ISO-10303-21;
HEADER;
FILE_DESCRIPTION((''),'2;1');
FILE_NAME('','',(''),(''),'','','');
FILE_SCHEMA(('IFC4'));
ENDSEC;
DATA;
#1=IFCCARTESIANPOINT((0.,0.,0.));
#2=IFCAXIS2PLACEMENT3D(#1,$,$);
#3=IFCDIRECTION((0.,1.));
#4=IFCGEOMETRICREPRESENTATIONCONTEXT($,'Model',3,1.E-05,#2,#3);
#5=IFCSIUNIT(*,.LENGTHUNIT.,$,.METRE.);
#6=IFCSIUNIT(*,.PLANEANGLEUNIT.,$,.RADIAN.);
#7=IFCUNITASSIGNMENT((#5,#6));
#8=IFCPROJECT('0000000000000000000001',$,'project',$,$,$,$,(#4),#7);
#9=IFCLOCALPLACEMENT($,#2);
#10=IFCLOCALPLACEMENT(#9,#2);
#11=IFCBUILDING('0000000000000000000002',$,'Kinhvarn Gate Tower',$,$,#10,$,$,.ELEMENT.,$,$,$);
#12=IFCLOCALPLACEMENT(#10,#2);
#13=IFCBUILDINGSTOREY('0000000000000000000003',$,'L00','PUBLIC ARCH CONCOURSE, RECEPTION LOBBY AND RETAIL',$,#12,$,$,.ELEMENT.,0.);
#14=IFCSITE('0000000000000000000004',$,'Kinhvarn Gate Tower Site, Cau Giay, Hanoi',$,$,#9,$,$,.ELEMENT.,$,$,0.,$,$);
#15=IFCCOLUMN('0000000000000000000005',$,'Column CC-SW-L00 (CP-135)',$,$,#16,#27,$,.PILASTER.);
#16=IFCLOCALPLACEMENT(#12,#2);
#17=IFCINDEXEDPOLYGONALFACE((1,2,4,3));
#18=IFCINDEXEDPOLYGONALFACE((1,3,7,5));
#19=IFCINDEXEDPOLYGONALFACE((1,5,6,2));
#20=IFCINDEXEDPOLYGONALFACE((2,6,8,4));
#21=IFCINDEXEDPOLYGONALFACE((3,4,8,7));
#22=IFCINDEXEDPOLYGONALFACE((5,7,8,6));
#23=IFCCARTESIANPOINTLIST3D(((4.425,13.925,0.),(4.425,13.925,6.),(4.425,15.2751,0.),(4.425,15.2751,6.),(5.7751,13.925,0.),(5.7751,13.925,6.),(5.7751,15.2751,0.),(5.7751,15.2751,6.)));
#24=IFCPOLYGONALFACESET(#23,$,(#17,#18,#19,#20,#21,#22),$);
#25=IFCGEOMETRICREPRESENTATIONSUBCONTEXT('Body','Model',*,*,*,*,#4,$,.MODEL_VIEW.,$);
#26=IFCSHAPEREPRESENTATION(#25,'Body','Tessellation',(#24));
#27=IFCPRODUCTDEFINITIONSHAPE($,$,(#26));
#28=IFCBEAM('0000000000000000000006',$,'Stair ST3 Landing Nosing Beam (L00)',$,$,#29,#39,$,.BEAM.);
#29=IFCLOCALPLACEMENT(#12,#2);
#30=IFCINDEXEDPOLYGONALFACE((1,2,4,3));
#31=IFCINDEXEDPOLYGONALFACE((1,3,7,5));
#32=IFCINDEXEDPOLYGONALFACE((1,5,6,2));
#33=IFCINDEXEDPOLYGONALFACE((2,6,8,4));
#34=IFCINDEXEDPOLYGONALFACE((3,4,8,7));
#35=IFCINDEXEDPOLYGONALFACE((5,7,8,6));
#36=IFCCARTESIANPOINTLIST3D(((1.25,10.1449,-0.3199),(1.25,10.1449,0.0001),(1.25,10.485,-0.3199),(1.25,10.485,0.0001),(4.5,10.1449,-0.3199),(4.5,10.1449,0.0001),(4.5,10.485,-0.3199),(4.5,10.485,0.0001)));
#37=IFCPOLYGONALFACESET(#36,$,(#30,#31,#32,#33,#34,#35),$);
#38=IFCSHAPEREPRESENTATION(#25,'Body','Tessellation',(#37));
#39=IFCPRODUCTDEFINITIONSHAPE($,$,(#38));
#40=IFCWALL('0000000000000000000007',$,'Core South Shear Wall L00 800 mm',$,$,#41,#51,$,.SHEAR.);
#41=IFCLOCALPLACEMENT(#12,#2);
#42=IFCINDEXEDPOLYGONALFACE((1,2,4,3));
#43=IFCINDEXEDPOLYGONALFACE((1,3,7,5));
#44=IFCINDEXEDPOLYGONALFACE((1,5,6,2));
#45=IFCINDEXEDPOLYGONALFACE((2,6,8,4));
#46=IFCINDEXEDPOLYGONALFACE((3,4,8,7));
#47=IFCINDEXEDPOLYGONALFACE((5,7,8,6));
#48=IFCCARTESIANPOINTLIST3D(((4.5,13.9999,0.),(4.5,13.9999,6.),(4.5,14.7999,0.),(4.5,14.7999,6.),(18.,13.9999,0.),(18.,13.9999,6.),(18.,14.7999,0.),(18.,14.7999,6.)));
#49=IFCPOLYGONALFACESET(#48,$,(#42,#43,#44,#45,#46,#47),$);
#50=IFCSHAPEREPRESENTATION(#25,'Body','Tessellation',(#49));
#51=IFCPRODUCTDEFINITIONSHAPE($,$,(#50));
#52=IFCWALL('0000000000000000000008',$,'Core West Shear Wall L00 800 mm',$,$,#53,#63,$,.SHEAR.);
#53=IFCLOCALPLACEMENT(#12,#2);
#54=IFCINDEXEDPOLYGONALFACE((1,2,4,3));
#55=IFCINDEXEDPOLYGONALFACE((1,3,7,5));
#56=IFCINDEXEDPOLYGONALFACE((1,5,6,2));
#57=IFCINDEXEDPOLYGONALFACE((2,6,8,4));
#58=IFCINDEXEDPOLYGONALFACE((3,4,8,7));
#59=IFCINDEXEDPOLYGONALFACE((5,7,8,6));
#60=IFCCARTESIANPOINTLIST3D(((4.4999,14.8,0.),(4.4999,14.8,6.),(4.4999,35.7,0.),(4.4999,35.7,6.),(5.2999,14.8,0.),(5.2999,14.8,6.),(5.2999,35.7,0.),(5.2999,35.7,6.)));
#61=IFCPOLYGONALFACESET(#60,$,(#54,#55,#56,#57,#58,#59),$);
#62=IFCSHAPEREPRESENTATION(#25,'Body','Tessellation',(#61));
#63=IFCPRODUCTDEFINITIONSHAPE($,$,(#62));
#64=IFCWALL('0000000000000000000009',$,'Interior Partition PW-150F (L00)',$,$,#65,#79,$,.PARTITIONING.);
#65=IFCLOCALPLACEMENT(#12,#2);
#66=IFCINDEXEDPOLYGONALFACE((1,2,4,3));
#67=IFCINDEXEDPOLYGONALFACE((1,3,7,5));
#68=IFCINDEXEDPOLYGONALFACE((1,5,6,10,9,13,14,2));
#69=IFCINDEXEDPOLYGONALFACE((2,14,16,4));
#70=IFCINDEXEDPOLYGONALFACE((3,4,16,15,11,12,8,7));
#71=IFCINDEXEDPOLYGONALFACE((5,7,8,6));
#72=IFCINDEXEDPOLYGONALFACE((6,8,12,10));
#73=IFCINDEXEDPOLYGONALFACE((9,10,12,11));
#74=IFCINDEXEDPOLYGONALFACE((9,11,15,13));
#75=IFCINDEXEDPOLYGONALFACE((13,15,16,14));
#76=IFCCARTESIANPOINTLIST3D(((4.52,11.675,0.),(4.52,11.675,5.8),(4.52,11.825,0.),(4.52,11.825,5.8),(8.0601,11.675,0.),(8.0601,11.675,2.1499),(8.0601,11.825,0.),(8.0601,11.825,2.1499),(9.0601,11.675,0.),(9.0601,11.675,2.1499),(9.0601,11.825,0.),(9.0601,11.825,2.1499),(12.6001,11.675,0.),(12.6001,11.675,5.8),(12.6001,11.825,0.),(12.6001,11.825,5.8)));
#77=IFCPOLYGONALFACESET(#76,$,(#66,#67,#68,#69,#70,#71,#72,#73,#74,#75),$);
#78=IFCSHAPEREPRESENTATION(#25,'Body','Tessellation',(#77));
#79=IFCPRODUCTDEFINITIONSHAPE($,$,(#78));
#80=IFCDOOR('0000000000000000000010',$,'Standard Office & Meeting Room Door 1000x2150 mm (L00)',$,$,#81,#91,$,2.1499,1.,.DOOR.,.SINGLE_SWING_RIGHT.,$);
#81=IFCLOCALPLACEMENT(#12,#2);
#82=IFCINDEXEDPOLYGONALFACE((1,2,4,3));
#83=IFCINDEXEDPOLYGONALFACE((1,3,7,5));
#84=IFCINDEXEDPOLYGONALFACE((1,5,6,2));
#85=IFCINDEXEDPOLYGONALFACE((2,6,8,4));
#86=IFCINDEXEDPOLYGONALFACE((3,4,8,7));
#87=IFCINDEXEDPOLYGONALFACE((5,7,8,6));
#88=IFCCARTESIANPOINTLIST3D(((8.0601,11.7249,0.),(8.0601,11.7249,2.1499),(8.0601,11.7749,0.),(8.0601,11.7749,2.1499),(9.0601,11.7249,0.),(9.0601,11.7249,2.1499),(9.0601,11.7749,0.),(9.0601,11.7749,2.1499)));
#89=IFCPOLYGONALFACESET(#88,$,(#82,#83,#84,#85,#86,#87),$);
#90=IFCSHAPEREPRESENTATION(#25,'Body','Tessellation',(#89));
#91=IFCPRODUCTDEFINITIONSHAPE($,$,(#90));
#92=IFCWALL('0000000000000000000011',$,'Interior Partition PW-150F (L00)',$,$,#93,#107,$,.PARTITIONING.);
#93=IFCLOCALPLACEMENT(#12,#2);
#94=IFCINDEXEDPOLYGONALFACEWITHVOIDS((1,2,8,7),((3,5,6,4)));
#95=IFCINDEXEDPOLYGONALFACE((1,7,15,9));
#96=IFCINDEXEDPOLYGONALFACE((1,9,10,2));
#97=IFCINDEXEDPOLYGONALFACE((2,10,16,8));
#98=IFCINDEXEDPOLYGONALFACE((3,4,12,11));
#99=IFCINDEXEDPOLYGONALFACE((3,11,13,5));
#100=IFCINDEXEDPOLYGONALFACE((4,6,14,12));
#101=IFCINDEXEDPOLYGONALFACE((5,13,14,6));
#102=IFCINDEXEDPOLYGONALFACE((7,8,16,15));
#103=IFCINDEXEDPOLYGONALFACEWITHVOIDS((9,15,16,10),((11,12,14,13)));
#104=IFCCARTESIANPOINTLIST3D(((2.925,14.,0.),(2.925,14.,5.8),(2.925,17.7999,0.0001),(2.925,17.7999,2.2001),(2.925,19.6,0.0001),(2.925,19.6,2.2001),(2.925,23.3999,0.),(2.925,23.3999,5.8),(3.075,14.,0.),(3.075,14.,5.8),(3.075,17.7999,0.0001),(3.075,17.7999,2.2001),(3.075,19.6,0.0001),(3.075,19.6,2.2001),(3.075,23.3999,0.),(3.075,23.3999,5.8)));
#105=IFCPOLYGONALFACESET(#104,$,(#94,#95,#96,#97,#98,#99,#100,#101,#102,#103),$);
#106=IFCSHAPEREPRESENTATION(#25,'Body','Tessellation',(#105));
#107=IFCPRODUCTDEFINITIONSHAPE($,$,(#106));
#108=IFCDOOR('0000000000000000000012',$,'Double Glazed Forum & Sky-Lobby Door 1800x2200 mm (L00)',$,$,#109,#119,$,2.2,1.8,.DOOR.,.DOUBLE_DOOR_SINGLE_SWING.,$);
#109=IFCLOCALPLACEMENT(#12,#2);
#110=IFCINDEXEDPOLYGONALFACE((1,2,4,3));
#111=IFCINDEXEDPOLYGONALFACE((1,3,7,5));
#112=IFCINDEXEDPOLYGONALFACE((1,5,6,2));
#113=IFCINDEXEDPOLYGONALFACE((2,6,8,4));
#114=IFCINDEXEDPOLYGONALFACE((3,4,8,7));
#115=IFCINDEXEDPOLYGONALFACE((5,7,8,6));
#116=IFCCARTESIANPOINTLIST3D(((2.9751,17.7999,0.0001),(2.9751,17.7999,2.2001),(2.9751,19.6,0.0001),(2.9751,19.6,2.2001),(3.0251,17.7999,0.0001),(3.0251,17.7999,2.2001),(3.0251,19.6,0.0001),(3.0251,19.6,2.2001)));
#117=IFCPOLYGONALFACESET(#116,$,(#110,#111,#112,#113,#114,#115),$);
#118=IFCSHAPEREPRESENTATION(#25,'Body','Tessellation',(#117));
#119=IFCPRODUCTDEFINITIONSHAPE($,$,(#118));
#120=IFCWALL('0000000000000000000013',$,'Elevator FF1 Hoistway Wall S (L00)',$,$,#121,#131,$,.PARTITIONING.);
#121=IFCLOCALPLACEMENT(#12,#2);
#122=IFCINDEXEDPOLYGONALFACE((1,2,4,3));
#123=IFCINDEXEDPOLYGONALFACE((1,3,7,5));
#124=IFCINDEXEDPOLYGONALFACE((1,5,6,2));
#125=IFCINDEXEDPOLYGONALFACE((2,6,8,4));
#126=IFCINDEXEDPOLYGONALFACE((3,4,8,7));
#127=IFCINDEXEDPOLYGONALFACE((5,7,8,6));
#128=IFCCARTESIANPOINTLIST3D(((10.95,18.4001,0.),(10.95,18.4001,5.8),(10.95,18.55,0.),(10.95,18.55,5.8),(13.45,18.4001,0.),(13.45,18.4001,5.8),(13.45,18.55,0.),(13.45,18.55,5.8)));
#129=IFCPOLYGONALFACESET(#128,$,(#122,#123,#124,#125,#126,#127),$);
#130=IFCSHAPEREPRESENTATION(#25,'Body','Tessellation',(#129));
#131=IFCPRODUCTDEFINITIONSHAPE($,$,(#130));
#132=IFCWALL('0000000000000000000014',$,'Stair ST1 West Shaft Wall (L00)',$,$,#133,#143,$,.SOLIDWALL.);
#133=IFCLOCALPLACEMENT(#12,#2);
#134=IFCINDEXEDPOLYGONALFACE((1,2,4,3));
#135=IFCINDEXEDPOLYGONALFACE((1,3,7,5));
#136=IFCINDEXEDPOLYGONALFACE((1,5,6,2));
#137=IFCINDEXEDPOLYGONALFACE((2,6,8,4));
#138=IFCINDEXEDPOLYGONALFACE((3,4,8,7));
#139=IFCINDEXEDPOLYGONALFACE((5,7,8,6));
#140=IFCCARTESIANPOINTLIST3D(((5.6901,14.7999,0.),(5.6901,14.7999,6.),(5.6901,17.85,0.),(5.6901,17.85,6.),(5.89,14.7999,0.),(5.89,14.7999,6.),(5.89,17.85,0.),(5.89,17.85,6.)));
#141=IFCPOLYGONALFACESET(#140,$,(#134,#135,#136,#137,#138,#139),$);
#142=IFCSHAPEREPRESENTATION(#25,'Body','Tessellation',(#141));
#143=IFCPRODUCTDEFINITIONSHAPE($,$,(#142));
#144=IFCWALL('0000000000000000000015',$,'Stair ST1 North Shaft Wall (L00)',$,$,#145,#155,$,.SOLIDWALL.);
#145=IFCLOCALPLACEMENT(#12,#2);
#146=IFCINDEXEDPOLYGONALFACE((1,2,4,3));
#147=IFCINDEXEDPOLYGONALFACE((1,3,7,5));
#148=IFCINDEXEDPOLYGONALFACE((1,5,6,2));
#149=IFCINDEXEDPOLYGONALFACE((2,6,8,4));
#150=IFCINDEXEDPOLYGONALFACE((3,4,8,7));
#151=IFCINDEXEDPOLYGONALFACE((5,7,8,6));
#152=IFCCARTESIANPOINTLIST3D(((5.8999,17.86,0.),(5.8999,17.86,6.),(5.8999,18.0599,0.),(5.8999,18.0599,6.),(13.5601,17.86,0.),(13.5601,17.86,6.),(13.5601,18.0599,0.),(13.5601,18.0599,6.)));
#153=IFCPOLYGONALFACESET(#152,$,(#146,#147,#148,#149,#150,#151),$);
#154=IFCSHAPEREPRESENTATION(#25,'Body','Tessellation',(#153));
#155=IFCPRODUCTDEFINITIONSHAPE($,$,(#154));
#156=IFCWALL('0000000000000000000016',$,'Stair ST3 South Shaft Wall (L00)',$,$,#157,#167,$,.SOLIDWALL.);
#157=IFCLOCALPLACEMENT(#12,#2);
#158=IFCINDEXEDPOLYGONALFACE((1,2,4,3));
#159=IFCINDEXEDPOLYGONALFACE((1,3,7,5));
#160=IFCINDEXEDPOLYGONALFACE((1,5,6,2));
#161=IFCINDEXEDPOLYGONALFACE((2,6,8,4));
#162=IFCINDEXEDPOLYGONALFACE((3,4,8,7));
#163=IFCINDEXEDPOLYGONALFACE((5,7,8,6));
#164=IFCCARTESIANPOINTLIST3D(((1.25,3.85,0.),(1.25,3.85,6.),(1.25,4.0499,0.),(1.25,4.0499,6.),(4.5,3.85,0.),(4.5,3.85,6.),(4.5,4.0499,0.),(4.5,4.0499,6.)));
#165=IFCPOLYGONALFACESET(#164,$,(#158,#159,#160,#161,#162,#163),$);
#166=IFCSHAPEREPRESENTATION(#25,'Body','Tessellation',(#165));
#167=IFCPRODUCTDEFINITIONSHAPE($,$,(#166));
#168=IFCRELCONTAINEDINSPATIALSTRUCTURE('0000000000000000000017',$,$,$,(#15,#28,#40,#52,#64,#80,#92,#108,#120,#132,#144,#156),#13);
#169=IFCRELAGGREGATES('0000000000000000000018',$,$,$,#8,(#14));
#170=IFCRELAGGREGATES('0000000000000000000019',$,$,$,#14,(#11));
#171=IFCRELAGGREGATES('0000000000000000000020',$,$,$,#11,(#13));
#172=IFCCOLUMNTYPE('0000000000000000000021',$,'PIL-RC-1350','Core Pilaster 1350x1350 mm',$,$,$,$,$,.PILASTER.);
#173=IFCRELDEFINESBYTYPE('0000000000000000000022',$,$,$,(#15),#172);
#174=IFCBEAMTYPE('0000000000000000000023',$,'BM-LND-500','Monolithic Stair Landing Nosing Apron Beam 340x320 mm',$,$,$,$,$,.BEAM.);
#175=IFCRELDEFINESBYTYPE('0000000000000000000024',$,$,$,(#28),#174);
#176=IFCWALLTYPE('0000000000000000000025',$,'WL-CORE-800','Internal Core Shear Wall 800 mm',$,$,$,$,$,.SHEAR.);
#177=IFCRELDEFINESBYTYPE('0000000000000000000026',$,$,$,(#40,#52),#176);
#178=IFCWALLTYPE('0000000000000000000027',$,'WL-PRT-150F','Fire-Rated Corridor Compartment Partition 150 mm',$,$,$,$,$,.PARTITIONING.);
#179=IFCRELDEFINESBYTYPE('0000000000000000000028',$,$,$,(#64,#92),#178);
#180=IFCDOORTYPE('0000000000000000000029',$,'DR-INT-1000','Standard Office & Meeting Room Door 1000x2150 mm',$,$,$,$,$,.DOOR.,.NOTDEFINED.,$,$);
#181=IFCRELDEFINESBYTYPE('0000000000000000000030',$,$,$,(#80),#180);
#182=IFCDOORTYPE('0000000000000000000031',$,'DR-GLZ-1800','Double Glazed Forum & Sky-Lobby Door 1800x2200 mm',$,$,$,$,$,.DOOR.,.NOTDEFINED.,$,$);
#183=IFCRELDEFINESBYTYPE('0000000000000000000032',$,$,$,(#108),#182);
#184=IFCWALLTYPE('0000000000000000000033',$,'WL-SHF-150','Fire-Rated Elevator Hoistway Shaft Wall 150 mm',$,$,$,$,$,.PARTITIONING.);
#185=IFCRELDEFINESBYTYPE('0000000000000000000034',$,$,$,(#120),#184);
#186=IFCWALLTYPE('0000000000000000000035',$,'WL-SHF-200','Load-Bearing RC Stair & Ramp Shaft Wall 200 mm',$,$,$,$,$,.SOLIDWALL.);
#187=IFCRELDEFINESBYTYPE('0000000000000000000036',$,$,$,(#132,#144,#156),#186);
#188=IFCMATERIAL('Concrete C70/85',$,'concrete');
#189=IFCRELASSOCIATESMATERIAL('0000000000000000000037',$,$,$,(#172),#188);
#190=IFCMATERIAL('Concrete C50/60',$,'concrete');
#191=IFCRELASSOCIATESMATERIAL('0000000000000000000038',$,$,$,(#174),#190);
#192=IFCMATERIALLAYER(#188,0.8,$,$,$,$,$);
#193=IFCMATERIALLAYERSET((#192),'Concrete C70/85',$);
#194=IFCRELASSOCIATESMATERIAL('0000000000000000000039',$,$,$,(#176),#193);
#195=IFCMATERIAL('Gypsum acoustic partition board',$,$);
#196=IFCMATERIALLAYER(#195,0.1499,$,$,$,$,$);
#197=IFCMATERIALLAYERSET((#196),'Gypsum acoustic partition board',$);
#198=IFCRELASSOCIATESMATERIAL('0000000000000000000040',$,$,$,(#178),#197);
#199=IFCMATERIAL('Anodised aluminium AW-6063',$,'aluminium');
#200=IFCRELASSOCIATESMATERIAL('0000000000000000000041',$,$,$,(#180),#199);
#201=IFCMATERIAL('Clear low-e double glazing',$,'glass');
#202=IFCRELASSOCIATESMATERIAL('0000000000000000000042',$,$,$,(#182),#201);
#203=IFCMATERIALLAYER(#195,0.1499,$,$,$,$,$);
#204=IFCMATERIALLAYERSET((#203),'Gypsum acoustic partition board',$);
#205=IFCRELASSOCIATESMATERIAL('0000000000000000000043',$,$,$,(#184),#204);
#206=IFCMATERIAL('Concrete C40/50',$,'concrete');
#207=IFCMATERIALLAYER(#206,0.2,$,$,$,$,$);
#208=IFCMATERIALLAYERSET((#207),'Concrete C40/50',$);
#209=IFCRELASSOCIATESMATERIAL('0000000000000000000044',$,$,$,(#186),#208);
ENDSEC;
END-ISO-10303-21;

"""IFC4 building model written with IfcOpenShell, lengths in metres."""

from ifc_helpers import new_model, si_unit, direction, frame, frame_2d, origin, origin_2d, place, context, subcontext, project, spatial, rectangle, extrude, material, layer, layer_set, material_profile, profile_set, type_object, element, fill, save


model = new_model("IFC4")

# Units and contexts
model_context = context("Model", 3, precision=1e-05, world=origin(), true_north=direction((0.0, 1.0)))
body_context = subcontext(model_context, "Body", "Model", "MODEL_VIEW")
ifc_project = project(units=[si_unit("LENGTHUNIT", "METRE"), si_unit("PLANEANGLEUNIT", "RADIAN")], contexts=[model_context])

# Site, building, storey
site_placement = place(None, origin())
site = spatial("IfcSite", under=ifc_project, at=site_placement, Name="Kinhvarn Gate Tower Site, Cau Giay, Hanoi", CompositionType="ELEMENT", RefElevation=0.0)
building_placement = place(site_placement, origin())
building = spatial("IfcBuilding", under=site, at=building_placement, Name="Kinhvarn Gate Tower", CompositionType="ELEMENT")
storey_placement = place(building_placement, origin())
storey = spatial("IfcBuildingStorey", under=building, at=storey_placement, Name="L00", Description="PUBLIC ARCH CONCOURSE, RECEPTION LOBBY AND RETAIL", CompositionType="ELEMENT", Elevation=0.0)

# Column
ifc_material_1 = material(Name="Concrete C70/85", Category="concrete")
ifc_material_profile_1 = material_profile(ifc_material_1, rectangle(XDim=1.3501, YDim=1.3501, at=origin_2d()), Name="RC 1350x1350")
ifc_profile_set_1 = profile_set([ifc_material_profile_1], Name="Concrete C70/85")
column_type = type_object("IfcColumnType", Name="PIL-RC-1350", Description="Core Pilaster 1350x1350 mm", PredefinedType="PILASTER", material=ifc_profile_set_1)
column_placement = place(storey_placement, frame((5.1001, 14.6001, 0.0), z_axis=(0.0, 0.0, 1.0), x_axis=(1.0, 0.0, 0.0)))
element("IfcColumn", 1, at=column_placement, inside=storey, type_object=column_type, Name="Column CC-SW-L00 (CP-135)", PredefinedType="PILASTER", context=body_context, shape_type="SweptSolid", body=[
    extrude(rectangle(XDim=1.3501, YDim=1.3501, at=origin_2d()), origin(), (0.0, 0.0, 1.0), 6.0),
])

# Beam
ifc_material_2 = material(Name="Concrete C50/60", Category="concrete")
ifc_material_profile_2 = material_profile(ifc_material_2, rectangle(XDim=0.3401, YDim=0.3201, at=origin_2d()), Name="RC 340x320")
ifc_profile_set_2 = profile_set([ifc_material_profile_2], Name="Concrete C50/60")
beam_type = type_object("IfcBeamType", Name="BM-LND-500", Description="Monolithic Stair Landing Nosing Apron Beam 340x320 mm", PredefinedType="BEAM", material=ifc_profile_set_2)
beam_placement = place(storey_placement, frame((1.25, 10.3149, -0.1599), z_axis=(1.0, 0.0, 0.0), x_axis=(0.0, 1.0, 0.0)))
element("IfcBeam", 2, at=beam_placement, inside=storey, type_object=beam_type, Name="Stair ST3 Landing Nosing Beam (L00)", PredefinedType="BEAM", context=body_context, shape_type="SweptSolid", body=[
    extrude(rectangle(XDim=0.3401, YDim=0.3201, at=origin_2d()), origin(), (0.0, 0.0, 1.0), 3.25),
])

# Walls
ifc_layer_1 = layer(ifc_material_1, 0.8)
ifc_layer_set_1 = layer_set([ifc_layer_1], Name="Concrete C70/85")
wall_type_1 = type_object("IfcWallType", Name="WL-CORE-800", Description="Internal Core Shear Wall 800 mm", PredefinedType="SHEAR", material=ifc_layer_set_1)
wall_1_placement = place(storey_placement, frame((4.5, 14.3999, 0.0), z_axis=(0.0, 0.0, 1.0), x_axis=(1.0, 0.0, 0.0)))
element("IfcWall", 3, at=wall_1_placement, inside=storey, type_object=wall_type_1, Name="Core South Shear Wall L00 800 mm", PredefinedType="SHEAR", context=body_context, shape_type="SweptSolid", body=[
    extrude(rectangle(XDim=13.5, YDim=0.8, at=frame_2d((6.75, 0.0))), origin(), (0.0, 0.0, 1.0), 6.0),
])
wall_2_placement = place(storey_placement, frame((4.8999, 14.8, 0.0), z_axis=(0.0, 0.0, 1.0), x_axis=(0.0, 1.0, 0.0)))
element("IfcWall", 4, at=wall_2_placement, inside=storey, type_object=wall_type_1, Name="Core West Shear Wall L00 800 mm", PredefinedType="SHEAR", context=body_context, shape_type="SweptSolid", body=[
    extrude(rectangle(XDim=20.8999, YDim=0.8, at=frame_2d((10.45, 0.0))), origin(), (0.0, 0.0, 1.0), 6.0),
])

# Walls, openings, doors
ifc_material_3 = material(Name="Gypsum acoustic partition board")
ifc_layer_2 = layer(ifc_material_3, 0.1499)
ifc_layer_set_2 = layer_set([ifc_layer_2], Name="Gypsum acoustic partition board")
wall_type_2 = type_object("IfcWallType", Name="WL-PRT-150F", Description="Fire-Rated Corridor Compartment Partition 150 mm", PredefinedType="PARTITIONING", material=ifc_layer_set_2)
ifc_material_4 = material(Name="Anodised aluminium AW-6063", Category="aluminium")
wall_3_placement = place(storey_placement, frame((4.52, 11.75, 0.0), z_axis=(0.0, 0.0, 1.0), x_axis=(1.0, 0.0, 0.0)))
wall_3 = element("IfcWall", 5, at=wall_3_placement, inside=storey, type_object=wall_type_2, Name="Interior Partition PW-150F (L00)", PredefinedType="PARTITIONING", context=body_context, shape_type="SweptSolid", body=[
    extrude(rectangle(XDim=8.0801, YDim=0.1499, at=frame_2d((4.04, 0.0))), origin(), (0.0, 0.0, 1.0), 5.8),
])
opening_1_placement = place(wall_3_placement, frame((3.54, 0.0, 0.0)))
opening_1 = element("IfcOpeningElement", 6, at=opening_1_placement, cuts=wall_3, PredefinedType="OPENING", context=body_context, shape_type="SweptSolid", body=[
    extrude(rectangle(XDim=1.0, YDim=2.1499, at=frame_2d((0.5, 1.075))), frame((0.0, 0.085, 0.0), z_axis=(0.0, -1.0, 0.0), x_axis=(1.0, 0.0, 0.0)), (0.0, 0.0, 1.0), 0.1699),
])
door_type_1 = type_object("IfcDoorType", Name="DR-INT-1000", Description="Standard Office & Meeting Room Door 1000x2150 mm", OperationType="NOTDEFINED", PredefinedType="DOOR", material=ifc_material_4)
door_1_placement = place(opening_1_placement, origin())
door_1 = element("IfcDoor", 7, at=door_1_placement, inside=storey, type_object=door_type_1, Name="Standard Office & Meeting Room Door 1000x2150 mm (L00)", OperationType="SINGLE_SWING_RIGHT", OverallHeight=2.1499, OverallWidth=1.0, PredefinedType="DOOR", context=body_context, shape_type="SweptSolid", body=[
    extrude(rectangle(XDim=1.0, YDim=2.1499, at=frame_2d((0.5, 1.075))), frame((0.0, 0.0249, 0.0), z_axis=(0.0, -1.0, 0.0), x_axis=(1.0, 0.0, 0.0)), (0.0, 0.0, 1.0), 0.05),
])
fill(opening_1, door_1)
wall_4_placement = place(storey_placement, frame((3.0, 14.0, 0.0), z_axis=(0.0, 0.0, 1.0), x_axis=(0.0, 1.0, 0.0)))
wall_4 = element("IfcWall", 8, at=wall_4_placement, inside=storey, type_object=wall_type_2, Name="Interior Partition PW-150F (L00)", PredefinedType="PARTITIONING", context=body_context, shape_type="SweptSolid", body=[
    extrude(rectangle(XDim=9.3999, YDim=0.1499, at=frame_2d((4.7, 0.0))), origin(), (0.0, 0.0, 1.0), 5.8),
])
opening_2_placement = place(wall_4_placement, frame((3.8, 0.0, 0.0)))
opening_2 = element("IfcOpeningElement", 9, at=opening_2_placement, cuts=wall_4, PredefinedType="OPENING", context=body_context, shape_type="SweptSolid", body=[
    extrude(rectangle(XDim=1.8, YDim=2.2, at=frame_2d((0.8999, 1.1001))), frame((0.0, 0.085, 0.0), z_axis=(0.0, -1.0, 0.0), x_axis=(1.0, 0.0, 0.0)), (0.0, 0.0, 1.0), 0.1699),
])
ifc_material_5 = material(Name="Clear low-e double glazing", Category="glass")
door_type_2 = type_object("IfcDoorType", Name="DR-GLZ-1800", Description="Double Glazed Forum & Sky-Lobby Door 1800x2200 mm", OperationType="NOTDEFINED", PredefinedType="DOOR", material=ifc_material_5)
door_2_placement = place(opening_2_placement, origin())
door_2 = element("IfcDoor", 10, at=door_2_placement, inside=storey, type_object=door_type_2, Name="Double Glazed Forum & Sky-Lobby Door 1800x2200 mm (L00)", OperationType="DOUBLE_DOOR_SINGLE_SWING", OverallHeight=2.2, OverallWidth=1.8, PredefinedType="DOOR", context=body_context, shape_type="SweptSolid", body=[
    extrude(rectangle(XDim=1.8, YDim=2.2, at=frame_2d((0.8999, 1.1001))), frame((0.0, 0.0249, 0.0), z_axis=(0.0, -1.0, 0.0), x_axis=(1.0, 0.0, 0.0)), (0.0, 0.0, 1.0), 0.05),
])
fill(opening_2, door_2)

# Walls
ifc_layer_3 = layer(ifc_material_3, 0.1499)
ifc_layer_set_3 = layer_set([ifc_layer_3], Name="Gypsum acoustic partition board")
wall_type_3 = type_object("IfcWallType", Name="WL-SHF-150", Description="Fire-Rated Elevator Hoistway Shaft Wall 150 mm", PredefinedType="PARTITIONING", material=ifc_layer_set_3)
wall_5_placement = place(storey_placement, frame((10.95, 18.4751, 0.0), z_axis=(0.0, 0.0, 1.0), x_axis=(1.0, 0.0, 0.0)))
element("IfcWall", 11, at=wall_5_placement, inside=storey, type_object=wall_type_3, Name="Elevator FF1 Hoistway Wall S (L00)", PredefinedType="PARTITIONING", context=body_context, shape_type="SweptSolid", body=[
    extrude(rectangle(XDim=2.5, YDim=0.1499, at=frame_2d((1.25, 0.0))), origin(), (0.0, 0.0, 1.0), 5.8),
])
ifc_material_6 = material(Name="Concrete C40/50", Category="concrete")
ifc_layer_4 = layer(ifc_material_6, 0.2)
ifc_layer_set_4 = layer_set([ifc_layer_4], Name="Concrete C40/50")
wall_type_4 = type_object("IfcWallType", Name="WL-SHF-200", Description="Load-Bearing RC Stair & Ramp Shaft Wall 200 mm", PredefinedType="SOLIDWALL", material=ifc_layer_set_4)
wall_6_placement = place(storey_placement, frame((5.79, 14.8, 0.0), z_axis=(0.0, 0.0, 1.0), x_axis=(0.0, 1.0, 0.0)))
element("IfcWall", 12, at=wall_6_placement, inside=storey, type_object=wall_type_4, Name="Stair ST1 West Shaft Wall (L00)", PredefinedType="SOLIDWALL", context=body_context, shape_type="SweptSolid", body=[
    extrude(rectangle(XDim=3.05, YDim=0.2, at=frame_2d((1.5249, 0.0))), origin(), (0.0, 0.0, 1.0), 6.0),
])
wall_7_placement = place(storey_placement, frame((5.8999, 17.96, 0.0), z_axis=(0.0, 0.0, 1.0), x_axis=(1.0, 0.0, 0.0)))
element("IfcWall", 13, at=wall_7_placement, inside=storey, type_object=wall_type_4, Name="Stair ST1 North Shaft Wall (L00)", PredefinedType="SOLIDWALL", context=body_context, shape_type="SweptSolid", body=[
    extrude(rectangle(XDim=7.6602, YDim=0.2, at=frame_2d((3.8301, 0.0))), origin(), (0.0, 0.0, 1.0), 6.0),
])
wall_8_placement = place(storey_placement, frame((1.25, 3.95, 0.0), z_axis=(0.0, 0.0, 1.0), x_axis=(1.0, 0.0, 0.0)))
element("IfcWall", 14, at=wall_8_placement, inside=storey, type_object=wall_type_4, Name="Stair ST3 South Shaft Wall (L00)", PredefinedType="SOLIDWALL", context=body_context, shape_type="SweptSolid", body=[
    extrude(rectangle(XDim=3.25, YDim=0.2, at=frame_2d((1.625, 0.0))), origin(), (0.0, 0.0, 1.0), 6.0),
])

save(model, "model.ifc")
